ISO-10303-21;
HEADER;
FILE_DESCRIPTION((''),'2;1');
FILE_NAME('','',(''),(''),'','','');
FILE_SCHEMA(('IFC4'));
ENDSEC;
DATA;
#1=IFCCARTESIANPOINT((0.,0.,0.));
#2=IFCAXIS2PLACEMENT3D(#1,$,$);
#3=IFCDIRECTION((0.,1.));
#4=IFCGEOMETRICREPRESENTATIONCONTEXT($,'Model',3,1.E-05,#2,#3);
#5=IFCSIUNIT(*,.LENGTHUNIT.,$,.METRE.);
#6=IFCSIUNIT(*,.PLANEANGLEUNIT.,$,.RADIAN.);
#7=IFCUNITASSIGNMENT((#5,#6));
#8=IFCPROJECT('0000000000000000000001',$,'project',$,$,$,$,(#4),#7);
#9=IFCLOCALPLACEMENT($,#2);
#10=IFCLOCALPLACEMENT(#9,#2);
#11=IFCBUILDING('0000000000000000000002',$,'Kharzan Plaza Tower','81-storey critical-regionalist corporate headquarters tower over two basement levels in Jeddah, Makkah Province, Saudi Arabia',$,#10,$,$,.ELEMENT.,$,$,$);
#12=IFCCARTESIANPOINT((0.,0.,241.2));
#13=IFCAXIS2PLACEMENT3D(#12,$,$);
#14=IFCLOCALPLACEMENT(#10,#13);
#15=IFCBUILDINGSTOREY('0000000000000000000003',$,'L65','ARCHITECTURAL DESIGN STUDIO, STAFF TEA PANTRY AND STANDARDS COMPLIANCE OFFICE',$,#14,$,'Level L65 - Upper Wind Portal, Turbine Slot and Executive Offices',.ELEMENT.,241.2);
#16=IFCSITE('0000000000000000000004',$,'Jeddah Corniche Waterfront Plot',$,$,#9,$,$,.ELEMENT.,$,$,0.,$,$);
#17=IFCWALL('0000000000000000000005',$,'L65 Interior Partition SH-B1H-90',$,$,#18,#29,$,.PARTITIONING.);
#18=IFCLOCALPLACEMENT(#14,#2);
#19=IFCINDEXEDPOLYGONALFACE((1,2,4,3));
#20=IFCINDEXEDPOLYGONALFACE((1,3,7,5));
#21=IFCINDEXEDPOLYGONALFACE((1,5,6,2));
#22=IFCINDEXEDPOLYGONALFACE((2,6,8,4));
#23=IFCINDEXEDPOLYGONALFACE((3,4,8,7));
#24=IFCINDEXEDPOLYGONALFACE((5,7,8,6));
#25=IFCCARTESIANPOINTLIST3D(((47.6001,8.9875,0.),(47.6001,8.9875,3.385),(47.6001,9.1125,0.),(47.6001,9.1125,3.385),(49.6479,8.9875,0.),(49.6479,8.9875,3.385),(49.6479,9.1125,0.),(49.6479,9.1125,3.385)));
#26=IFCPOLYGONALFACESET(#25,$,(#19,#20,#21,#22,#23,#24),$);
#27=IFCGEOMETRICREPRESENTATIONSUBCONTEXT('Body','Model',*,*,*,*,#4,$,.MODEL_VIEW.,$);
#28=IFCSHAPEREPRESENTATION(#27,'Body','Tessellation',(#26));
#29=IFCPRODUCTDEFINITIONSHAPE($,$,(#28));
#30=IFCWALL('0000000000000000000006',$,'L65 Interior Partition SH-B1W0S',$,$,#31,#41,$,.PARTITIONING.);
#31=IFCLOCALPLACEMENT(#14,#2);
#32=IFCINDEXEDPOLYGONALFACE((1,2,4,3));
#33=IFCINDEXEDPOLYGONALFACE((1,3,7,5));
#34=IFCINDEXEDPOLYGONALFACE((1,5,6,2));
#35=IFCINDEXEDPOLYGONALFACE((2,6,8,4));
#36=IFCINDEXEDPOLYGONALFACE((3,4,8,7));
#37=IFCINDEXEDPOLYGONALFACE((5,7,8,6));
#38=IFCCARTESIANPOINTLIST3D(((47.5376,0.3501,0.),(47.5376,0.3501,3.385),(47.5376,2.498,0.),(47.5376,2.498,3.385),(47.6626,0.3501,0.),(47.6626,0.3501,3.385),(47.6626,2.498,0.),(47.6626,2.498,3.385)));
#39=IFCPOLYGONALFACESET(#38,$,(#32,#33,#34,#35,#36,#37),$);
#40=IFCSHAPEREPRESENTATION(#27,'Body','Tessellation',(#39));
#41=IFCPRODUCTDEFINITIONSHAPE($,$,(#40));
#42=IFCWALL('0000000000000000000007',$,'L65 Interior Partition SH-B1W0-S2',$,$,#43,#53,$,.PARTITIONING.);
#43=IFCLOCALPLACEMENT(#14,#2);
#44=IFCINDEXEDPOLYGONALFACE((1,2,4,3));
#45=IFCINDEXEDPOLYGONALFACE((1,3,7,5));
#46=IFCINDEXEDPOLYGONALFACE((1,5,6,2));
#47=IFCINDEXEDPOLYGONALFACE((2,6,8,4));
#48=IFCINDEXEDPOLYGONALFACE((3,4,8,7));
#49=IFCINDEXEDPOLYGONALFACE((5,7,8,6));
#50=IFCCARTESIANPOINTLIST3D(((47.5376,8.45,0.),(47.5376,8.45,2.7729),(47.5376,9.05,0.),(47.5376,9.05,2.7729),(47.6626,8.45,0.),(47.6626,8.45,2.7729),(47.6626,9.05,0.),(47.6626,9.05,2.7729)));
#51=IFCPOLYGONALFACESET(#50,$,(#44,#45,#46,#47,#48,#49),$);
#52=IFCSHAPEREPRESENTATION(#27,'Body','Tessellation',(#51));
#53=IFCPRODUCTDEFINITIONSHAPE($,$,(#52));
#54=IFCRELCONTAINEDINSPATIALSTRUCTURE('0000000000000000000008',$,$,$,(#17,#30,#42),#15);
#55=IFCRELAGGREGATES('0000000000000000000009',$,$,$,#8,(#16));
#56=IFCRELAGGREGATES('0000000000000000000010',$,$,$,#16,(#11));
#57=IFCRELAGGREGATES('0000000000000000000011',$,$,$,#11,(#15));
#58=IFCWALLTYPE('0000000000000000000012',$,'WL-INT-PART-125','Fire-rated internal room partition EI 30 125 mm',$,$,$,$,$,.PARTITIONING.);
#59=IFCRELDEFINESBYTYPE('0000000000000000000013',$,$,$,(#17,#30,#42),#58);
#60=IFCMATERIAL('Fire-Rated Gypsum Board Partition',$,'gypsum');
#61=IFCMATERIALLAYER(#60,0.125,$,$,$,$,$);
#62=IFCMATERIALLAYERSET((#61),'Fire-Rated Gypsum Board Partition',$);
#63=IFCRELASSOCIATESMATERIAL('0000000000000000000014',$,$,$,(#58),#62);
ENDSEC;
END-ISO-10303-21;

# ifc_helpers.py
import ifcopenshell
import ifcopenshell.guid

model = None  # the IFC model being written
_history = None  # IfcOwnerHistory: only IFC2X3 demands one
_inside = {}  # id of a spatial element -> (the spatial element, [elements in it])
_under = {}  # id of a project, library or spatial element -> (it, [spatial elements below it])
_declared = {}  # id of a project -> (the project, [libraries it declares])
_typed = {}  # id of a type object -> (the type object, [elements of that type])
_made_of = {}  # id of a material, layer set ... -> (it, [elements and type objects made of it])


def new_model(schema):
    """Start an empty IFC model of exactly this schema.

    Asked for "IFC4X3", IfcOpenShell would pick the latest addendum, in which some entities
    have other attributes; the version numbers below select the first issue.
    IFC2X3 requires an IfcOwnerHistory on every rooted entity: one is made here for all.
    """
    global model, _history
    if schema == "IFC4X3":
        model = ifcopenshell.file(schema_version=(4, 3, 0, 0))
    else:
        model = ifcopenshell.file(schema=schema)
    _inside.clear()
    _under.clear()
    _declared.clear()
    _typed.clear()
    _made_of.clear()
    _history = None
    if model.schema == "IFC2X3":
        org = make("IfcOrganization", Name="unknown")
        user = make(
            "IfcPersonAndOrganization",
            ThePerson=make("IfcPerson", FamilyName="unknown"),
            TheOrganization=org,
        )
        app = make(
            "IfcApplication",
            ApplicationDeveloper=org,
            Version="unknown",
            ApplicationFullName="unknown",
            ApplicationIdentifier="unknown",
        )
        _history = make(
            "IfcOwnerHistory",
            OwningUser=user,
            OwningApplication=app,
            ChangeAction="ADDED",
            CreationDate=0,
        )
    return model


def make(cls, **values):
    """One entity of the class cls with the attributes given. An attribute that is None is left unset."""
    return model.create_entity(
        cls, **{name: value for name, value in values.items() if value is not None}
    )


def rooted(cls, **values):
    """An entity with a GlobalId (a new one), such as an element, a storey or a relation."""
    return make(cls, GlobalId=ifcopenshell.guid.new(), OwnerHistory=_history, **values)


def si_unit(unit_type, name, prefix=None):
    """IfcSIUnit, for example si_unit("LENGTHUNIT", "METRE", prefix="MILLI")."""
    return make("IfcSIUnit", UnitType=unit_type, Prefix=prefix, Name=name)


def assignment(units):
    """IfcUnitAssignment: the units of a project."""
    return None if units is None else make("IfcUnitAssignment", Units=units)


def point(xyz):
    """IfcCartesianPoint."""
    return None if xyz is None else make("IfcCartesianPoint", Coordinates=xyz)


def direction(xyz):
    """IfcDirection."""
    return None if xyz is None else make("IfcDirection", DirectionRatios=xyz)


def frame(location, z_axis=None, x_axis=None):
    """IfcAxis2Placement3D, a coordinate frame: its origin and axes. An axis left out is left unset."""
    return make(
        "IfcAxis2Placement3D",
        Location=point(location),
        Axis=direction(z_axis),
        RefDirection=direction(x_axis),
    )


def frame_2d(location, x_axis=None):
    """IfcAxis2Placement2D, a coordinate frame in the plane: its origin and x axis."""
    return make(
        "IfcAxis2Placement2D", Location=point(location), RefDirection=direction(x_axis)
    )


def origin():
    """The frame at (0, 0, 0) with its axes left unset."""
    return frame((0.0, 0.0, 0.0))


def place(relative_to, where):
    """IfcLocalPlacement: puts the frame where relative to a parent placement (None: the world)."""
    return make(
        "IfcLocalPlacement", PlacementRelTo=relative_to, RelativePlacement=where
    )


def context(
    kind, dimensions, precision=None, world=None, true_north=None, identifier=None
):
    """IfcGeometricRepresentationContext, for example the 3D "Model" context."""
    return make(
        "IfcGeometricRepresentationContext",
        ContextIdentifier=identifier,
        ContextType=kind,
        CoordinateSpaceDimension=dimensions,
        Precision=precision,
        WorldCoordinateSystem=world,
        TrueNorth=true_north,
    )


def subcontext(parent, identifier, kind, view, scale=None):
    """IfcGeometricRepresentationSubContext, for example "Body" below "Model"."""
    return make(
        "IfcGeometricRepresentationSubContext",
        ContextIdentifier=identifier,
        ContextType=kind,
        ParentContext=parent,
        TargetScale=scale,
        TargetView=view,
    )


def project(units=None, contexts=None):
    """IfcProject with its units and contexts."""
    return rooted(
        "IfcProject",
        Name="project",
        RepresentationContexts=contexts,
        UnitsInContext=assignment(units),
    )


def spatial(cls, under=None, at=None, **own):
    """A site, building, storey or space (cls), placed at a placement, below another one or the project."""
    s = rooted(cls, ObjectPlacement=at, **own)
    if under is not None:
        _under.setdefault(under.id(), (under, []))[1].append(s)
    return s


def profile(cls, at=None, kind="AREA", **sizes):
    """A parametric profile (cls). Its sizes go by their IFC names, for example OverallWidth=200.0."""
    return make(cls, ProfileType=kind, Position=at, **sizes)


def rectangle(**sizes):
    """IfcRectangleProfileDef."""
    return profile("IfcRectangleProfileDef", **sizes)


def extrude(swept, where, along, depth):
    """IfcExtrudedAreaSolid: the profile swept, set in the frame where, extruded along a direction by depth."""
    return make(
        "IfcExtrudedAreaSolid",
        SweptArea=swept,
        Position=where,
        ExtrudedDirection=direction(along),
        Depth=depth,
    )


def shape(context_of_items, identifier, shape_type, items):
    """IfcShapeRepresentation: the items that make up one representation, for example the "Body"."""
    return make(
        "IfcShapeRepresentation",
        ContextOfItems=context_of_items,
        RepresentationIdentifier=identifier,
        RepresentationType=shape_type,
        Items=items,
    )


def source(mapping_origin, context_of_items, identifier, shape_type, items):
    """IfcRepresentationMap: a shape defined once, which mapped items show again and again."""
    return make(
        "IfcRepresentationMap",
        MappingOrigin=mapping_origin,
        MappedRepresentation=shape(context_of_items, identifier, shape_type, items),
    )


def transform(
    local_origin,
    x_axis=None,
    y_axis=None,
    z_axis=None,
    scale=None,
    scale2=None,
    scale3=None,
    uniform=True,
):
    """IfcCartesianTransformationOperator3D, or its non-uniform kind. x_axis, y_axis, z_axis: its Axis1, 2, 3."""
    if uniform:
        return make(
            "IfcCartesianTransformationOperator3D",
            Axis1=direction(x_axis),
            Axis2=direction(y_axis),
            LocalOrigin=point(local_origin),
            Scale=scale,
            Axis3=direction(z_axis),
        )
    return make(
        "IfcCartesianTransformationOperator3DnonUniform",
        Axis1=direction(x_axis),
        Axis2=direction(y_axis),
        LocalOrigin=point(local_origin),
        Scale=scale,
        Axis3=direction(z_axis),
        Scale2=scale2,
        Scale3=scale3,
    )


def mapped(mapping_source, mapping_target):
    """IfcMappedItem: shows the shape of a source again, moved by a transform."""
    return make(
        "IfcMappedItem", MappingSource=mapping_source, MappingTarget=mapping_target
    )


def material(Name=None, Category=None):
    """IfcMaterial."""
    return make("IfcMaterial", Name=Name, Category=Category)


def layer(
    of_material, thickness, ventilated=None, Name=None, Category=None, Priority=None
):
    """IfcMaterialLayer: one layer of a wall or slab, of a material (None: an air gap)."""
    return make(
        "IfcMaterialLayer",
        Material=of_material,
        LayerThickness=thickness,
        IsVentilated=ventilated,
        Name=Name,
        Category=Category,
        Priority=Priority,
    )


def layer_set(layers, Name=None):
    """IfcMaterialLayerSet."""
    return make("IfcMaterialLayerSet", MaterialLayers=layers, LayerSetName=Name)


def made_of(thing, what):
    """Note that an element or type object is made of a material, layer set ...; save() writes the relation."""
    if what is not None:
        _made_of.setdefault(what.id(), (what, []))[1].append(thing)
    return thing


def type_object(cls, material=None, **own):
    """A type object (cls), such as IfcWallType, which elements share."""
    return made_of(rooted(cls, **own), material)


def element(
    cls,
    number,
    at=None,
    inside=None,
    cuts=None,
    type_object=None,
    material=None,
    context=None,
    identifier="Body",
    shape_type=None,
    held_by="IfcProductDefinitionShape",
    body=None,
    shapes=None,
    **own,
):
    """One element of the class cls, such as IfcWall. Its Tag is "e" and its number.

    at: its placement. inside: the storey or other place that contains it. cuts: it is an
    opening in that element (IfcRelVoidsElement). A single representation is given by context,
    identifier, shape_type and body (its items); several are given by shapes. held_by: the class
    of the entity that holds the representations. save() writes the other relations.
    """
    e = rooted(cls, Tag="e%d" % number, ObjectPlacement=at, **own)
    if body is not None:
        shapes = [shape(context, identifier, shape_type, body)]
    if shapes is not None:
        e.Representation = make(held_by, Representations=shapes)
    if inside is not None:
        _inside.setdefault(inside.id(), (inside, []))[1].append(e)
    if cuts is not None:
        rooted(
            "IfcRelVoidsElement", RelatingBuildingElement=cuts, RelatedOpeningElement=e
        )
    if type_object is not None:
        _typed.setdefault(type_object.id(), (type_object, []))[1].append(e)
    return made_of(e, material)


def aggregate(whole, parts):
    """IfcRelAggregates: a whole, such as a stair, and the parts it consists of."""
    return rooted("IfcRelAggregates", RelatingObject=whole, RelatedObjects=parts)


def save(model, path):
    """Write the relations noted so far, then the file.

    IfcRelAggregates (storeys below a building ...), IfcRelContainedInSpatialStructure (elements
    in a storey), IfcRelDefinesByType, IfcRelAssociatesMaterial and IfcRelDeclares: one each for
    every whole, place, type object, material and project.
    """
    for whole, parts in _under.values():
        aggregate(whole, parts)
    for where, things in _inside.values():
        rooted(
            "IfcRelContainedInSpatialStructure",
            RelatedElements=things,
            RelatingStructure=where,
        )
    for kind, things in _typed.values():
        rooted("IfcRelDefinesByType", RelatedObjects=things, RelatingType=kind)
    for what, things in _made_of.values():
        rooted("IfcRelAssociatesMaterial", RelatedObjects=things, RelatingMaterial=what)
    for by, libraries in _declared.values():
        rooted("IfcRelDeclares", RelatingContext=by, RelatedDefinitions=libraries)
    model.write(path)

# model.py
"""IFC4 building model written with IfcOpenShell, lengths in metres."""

from ifc_helpers import new_model, si_unit, direction, frame, frame_2d, origin, place, context, subcontext, project, spatial, rectangle, extrude, source, transform, mapped, material, layer, layer_set, type_object, element, save


model = new_model("IFC4")

# Units and contexts
model_context = context("Model", 3, precision=1e-05, world=origin(), true_north=direction((0.0, 1.0)))
body_context = subcontext(model_context, "Body", "Model", "MODEL_VIEW")
ifc_project = project(units=[si_unit("LENGTHUNIT", "METRE"), si_unit("PLANEANGLEUNIT", "RADIAN")], contexts=[model_context])

# Site, building, storey
site_placement = place(None, origin())
site = spatial("IfcSite", under=ifc_project, at=site_placement, Name="Jeddah Corniche Waterfront Plot", CompositionType="ELEMENT", RefElevation=0.0)
building_placement = place(site_placement, origin())
building = spatial("IfcBuilding", under=site, at=building_placement, Name="Kharzan Plaza Tower", Description="81-storey critical-regionalist corporate headquarters tower over two basement levels in Jeddah, Makkah Province, Saudi Arabia", CompositionType="ELEMENT")
storey_placement = place(building_placement, frame((0.0, 0.0, 241.2)))
storey = spatial("IfcBuildingStorey", under=building, at=storey_placement, Name="L65", Description="ARCHITECTURAL DESIGN STUDIO, STAFF TEA PANTRY AND STANDARDS COMPLIANCE OFFICE", LongName="Level L65 - Upper Wind Portal, Turbine Slot and Executive Offices", CompositionType="ELEMENT", Elevation=241.2)

# Shared definitions
ifc_material_1 = material(Name="Fire-Rated Gypsum Board Partition", Category="gypsum")
ifc_layer_1 = layer(ifc_material_1, 0.125)
ifc_layer_set_1 = layer_set([ifc_layer_1], Name="Fire-Rated Gypsum Board Partition")
wall_type_1 = type_object("IfcWallType", Name="WL-INT-PART-125", Description="Fire-rated internal room partition EI 30 125 mm", PredefinedType="PARTITIONING", material=ifc_layer_set_1)

# Walls
shared_shape_1 = source(origin(), body_context, "Body", "SweptSolid", [
    extrude(rectangle(XDim=2.0479, YDim=0.125, at=frame_2d((1.0239, 0.0))), origin(), (0.0, 0.0, 1.0), 3.385),
])
wall_1_placement = place(storey_placement, frame((47.6001, 9.05, 0.0), z_axis=(0.0, 0.0, 1.0), x_axis=(1.0, 0.0, 0.0)))
element("IfcWall", 1, at=wall_1_placement, inside=storey, type_object=wall_type_1, Name="L65 Interior Partition SH-B1H-90", PredefinedType="PARTITIONING", context=body_context, shape_type="MappedRepresentation", body=[
    mapped(shared_shape_1, transform((0.0, 0.0, 0.0), x_axis=(1.0, 0.0, 0.0), y_axis=(0.0, 1.0, 0.0), z_axis=(0.0, 0.0, 1.0))),
])
shared_shape_2 = source(origin(), body_context, "Body", "SweptSolid", [
    extrude(rectangle(XDim=2.1479, YDim=0.125, at=frame_2d((1.074, 0.0))), origin(), (0.0, 0.0, 1.0), 3.385),
])
wall_2_placement = place(storey_placement, frame((47.6001, 0.3501, 0.0), z_axis=(0.0, 0.0, 1.0), x_axis=(0.0, 1.0, 0.0)))
element("IfcWall", 2, at=wall_2_placement, inside=storey, type_object=wall_type_1, Name="L65 Interior Partition SH-B1W0S", PredefinedType="PARTITIONING", context=body_context, shape_type="MappedRepresentation", body=[
    mapped(shared_shape_2, transform((0.0, 0.0, 0.0), x_axis=(1.0, 0.0, 0.0), y_axis=(0.0, 1.0, 0.0), z_axis=(0.0, 0.0, 1.0))),
])
shared_shape_3 = source(origin(), body_context, "Body", "SweptSolid", [
    extrude(rectangle(XDim=0.6001, YDim=0.125, at=frame_2d((0.3, 0.0))), origin(), (0.0, 0.0, 1.0), 2.7729),
])
wall_3_placement = place(storey_placement, frame((47.6001, 8.45, 0.0), z_axis=(0.0, 0.0, 1.0), x_axis=(0.0, 1.0, 0.0)))
element("IfcWall", 3, at=wall_3_placement, inside=storey, type_object=wall_type_1, Name="L65 Interior Partition SH-B1W0-S2", PredefinedType="PARTITIONING", context=body_context, shape_type="MappedRepresentation", body=[
    mapped(shared_shape_3, transform((0.0, 0.0, 0.0), x_axis=(1.0, 0.0, 0.0), y_axis=(0.0, 1.0, 0.0), z_axis=(0.0, 0.0, 1.0))),
])

save(model, "model.ifc")
